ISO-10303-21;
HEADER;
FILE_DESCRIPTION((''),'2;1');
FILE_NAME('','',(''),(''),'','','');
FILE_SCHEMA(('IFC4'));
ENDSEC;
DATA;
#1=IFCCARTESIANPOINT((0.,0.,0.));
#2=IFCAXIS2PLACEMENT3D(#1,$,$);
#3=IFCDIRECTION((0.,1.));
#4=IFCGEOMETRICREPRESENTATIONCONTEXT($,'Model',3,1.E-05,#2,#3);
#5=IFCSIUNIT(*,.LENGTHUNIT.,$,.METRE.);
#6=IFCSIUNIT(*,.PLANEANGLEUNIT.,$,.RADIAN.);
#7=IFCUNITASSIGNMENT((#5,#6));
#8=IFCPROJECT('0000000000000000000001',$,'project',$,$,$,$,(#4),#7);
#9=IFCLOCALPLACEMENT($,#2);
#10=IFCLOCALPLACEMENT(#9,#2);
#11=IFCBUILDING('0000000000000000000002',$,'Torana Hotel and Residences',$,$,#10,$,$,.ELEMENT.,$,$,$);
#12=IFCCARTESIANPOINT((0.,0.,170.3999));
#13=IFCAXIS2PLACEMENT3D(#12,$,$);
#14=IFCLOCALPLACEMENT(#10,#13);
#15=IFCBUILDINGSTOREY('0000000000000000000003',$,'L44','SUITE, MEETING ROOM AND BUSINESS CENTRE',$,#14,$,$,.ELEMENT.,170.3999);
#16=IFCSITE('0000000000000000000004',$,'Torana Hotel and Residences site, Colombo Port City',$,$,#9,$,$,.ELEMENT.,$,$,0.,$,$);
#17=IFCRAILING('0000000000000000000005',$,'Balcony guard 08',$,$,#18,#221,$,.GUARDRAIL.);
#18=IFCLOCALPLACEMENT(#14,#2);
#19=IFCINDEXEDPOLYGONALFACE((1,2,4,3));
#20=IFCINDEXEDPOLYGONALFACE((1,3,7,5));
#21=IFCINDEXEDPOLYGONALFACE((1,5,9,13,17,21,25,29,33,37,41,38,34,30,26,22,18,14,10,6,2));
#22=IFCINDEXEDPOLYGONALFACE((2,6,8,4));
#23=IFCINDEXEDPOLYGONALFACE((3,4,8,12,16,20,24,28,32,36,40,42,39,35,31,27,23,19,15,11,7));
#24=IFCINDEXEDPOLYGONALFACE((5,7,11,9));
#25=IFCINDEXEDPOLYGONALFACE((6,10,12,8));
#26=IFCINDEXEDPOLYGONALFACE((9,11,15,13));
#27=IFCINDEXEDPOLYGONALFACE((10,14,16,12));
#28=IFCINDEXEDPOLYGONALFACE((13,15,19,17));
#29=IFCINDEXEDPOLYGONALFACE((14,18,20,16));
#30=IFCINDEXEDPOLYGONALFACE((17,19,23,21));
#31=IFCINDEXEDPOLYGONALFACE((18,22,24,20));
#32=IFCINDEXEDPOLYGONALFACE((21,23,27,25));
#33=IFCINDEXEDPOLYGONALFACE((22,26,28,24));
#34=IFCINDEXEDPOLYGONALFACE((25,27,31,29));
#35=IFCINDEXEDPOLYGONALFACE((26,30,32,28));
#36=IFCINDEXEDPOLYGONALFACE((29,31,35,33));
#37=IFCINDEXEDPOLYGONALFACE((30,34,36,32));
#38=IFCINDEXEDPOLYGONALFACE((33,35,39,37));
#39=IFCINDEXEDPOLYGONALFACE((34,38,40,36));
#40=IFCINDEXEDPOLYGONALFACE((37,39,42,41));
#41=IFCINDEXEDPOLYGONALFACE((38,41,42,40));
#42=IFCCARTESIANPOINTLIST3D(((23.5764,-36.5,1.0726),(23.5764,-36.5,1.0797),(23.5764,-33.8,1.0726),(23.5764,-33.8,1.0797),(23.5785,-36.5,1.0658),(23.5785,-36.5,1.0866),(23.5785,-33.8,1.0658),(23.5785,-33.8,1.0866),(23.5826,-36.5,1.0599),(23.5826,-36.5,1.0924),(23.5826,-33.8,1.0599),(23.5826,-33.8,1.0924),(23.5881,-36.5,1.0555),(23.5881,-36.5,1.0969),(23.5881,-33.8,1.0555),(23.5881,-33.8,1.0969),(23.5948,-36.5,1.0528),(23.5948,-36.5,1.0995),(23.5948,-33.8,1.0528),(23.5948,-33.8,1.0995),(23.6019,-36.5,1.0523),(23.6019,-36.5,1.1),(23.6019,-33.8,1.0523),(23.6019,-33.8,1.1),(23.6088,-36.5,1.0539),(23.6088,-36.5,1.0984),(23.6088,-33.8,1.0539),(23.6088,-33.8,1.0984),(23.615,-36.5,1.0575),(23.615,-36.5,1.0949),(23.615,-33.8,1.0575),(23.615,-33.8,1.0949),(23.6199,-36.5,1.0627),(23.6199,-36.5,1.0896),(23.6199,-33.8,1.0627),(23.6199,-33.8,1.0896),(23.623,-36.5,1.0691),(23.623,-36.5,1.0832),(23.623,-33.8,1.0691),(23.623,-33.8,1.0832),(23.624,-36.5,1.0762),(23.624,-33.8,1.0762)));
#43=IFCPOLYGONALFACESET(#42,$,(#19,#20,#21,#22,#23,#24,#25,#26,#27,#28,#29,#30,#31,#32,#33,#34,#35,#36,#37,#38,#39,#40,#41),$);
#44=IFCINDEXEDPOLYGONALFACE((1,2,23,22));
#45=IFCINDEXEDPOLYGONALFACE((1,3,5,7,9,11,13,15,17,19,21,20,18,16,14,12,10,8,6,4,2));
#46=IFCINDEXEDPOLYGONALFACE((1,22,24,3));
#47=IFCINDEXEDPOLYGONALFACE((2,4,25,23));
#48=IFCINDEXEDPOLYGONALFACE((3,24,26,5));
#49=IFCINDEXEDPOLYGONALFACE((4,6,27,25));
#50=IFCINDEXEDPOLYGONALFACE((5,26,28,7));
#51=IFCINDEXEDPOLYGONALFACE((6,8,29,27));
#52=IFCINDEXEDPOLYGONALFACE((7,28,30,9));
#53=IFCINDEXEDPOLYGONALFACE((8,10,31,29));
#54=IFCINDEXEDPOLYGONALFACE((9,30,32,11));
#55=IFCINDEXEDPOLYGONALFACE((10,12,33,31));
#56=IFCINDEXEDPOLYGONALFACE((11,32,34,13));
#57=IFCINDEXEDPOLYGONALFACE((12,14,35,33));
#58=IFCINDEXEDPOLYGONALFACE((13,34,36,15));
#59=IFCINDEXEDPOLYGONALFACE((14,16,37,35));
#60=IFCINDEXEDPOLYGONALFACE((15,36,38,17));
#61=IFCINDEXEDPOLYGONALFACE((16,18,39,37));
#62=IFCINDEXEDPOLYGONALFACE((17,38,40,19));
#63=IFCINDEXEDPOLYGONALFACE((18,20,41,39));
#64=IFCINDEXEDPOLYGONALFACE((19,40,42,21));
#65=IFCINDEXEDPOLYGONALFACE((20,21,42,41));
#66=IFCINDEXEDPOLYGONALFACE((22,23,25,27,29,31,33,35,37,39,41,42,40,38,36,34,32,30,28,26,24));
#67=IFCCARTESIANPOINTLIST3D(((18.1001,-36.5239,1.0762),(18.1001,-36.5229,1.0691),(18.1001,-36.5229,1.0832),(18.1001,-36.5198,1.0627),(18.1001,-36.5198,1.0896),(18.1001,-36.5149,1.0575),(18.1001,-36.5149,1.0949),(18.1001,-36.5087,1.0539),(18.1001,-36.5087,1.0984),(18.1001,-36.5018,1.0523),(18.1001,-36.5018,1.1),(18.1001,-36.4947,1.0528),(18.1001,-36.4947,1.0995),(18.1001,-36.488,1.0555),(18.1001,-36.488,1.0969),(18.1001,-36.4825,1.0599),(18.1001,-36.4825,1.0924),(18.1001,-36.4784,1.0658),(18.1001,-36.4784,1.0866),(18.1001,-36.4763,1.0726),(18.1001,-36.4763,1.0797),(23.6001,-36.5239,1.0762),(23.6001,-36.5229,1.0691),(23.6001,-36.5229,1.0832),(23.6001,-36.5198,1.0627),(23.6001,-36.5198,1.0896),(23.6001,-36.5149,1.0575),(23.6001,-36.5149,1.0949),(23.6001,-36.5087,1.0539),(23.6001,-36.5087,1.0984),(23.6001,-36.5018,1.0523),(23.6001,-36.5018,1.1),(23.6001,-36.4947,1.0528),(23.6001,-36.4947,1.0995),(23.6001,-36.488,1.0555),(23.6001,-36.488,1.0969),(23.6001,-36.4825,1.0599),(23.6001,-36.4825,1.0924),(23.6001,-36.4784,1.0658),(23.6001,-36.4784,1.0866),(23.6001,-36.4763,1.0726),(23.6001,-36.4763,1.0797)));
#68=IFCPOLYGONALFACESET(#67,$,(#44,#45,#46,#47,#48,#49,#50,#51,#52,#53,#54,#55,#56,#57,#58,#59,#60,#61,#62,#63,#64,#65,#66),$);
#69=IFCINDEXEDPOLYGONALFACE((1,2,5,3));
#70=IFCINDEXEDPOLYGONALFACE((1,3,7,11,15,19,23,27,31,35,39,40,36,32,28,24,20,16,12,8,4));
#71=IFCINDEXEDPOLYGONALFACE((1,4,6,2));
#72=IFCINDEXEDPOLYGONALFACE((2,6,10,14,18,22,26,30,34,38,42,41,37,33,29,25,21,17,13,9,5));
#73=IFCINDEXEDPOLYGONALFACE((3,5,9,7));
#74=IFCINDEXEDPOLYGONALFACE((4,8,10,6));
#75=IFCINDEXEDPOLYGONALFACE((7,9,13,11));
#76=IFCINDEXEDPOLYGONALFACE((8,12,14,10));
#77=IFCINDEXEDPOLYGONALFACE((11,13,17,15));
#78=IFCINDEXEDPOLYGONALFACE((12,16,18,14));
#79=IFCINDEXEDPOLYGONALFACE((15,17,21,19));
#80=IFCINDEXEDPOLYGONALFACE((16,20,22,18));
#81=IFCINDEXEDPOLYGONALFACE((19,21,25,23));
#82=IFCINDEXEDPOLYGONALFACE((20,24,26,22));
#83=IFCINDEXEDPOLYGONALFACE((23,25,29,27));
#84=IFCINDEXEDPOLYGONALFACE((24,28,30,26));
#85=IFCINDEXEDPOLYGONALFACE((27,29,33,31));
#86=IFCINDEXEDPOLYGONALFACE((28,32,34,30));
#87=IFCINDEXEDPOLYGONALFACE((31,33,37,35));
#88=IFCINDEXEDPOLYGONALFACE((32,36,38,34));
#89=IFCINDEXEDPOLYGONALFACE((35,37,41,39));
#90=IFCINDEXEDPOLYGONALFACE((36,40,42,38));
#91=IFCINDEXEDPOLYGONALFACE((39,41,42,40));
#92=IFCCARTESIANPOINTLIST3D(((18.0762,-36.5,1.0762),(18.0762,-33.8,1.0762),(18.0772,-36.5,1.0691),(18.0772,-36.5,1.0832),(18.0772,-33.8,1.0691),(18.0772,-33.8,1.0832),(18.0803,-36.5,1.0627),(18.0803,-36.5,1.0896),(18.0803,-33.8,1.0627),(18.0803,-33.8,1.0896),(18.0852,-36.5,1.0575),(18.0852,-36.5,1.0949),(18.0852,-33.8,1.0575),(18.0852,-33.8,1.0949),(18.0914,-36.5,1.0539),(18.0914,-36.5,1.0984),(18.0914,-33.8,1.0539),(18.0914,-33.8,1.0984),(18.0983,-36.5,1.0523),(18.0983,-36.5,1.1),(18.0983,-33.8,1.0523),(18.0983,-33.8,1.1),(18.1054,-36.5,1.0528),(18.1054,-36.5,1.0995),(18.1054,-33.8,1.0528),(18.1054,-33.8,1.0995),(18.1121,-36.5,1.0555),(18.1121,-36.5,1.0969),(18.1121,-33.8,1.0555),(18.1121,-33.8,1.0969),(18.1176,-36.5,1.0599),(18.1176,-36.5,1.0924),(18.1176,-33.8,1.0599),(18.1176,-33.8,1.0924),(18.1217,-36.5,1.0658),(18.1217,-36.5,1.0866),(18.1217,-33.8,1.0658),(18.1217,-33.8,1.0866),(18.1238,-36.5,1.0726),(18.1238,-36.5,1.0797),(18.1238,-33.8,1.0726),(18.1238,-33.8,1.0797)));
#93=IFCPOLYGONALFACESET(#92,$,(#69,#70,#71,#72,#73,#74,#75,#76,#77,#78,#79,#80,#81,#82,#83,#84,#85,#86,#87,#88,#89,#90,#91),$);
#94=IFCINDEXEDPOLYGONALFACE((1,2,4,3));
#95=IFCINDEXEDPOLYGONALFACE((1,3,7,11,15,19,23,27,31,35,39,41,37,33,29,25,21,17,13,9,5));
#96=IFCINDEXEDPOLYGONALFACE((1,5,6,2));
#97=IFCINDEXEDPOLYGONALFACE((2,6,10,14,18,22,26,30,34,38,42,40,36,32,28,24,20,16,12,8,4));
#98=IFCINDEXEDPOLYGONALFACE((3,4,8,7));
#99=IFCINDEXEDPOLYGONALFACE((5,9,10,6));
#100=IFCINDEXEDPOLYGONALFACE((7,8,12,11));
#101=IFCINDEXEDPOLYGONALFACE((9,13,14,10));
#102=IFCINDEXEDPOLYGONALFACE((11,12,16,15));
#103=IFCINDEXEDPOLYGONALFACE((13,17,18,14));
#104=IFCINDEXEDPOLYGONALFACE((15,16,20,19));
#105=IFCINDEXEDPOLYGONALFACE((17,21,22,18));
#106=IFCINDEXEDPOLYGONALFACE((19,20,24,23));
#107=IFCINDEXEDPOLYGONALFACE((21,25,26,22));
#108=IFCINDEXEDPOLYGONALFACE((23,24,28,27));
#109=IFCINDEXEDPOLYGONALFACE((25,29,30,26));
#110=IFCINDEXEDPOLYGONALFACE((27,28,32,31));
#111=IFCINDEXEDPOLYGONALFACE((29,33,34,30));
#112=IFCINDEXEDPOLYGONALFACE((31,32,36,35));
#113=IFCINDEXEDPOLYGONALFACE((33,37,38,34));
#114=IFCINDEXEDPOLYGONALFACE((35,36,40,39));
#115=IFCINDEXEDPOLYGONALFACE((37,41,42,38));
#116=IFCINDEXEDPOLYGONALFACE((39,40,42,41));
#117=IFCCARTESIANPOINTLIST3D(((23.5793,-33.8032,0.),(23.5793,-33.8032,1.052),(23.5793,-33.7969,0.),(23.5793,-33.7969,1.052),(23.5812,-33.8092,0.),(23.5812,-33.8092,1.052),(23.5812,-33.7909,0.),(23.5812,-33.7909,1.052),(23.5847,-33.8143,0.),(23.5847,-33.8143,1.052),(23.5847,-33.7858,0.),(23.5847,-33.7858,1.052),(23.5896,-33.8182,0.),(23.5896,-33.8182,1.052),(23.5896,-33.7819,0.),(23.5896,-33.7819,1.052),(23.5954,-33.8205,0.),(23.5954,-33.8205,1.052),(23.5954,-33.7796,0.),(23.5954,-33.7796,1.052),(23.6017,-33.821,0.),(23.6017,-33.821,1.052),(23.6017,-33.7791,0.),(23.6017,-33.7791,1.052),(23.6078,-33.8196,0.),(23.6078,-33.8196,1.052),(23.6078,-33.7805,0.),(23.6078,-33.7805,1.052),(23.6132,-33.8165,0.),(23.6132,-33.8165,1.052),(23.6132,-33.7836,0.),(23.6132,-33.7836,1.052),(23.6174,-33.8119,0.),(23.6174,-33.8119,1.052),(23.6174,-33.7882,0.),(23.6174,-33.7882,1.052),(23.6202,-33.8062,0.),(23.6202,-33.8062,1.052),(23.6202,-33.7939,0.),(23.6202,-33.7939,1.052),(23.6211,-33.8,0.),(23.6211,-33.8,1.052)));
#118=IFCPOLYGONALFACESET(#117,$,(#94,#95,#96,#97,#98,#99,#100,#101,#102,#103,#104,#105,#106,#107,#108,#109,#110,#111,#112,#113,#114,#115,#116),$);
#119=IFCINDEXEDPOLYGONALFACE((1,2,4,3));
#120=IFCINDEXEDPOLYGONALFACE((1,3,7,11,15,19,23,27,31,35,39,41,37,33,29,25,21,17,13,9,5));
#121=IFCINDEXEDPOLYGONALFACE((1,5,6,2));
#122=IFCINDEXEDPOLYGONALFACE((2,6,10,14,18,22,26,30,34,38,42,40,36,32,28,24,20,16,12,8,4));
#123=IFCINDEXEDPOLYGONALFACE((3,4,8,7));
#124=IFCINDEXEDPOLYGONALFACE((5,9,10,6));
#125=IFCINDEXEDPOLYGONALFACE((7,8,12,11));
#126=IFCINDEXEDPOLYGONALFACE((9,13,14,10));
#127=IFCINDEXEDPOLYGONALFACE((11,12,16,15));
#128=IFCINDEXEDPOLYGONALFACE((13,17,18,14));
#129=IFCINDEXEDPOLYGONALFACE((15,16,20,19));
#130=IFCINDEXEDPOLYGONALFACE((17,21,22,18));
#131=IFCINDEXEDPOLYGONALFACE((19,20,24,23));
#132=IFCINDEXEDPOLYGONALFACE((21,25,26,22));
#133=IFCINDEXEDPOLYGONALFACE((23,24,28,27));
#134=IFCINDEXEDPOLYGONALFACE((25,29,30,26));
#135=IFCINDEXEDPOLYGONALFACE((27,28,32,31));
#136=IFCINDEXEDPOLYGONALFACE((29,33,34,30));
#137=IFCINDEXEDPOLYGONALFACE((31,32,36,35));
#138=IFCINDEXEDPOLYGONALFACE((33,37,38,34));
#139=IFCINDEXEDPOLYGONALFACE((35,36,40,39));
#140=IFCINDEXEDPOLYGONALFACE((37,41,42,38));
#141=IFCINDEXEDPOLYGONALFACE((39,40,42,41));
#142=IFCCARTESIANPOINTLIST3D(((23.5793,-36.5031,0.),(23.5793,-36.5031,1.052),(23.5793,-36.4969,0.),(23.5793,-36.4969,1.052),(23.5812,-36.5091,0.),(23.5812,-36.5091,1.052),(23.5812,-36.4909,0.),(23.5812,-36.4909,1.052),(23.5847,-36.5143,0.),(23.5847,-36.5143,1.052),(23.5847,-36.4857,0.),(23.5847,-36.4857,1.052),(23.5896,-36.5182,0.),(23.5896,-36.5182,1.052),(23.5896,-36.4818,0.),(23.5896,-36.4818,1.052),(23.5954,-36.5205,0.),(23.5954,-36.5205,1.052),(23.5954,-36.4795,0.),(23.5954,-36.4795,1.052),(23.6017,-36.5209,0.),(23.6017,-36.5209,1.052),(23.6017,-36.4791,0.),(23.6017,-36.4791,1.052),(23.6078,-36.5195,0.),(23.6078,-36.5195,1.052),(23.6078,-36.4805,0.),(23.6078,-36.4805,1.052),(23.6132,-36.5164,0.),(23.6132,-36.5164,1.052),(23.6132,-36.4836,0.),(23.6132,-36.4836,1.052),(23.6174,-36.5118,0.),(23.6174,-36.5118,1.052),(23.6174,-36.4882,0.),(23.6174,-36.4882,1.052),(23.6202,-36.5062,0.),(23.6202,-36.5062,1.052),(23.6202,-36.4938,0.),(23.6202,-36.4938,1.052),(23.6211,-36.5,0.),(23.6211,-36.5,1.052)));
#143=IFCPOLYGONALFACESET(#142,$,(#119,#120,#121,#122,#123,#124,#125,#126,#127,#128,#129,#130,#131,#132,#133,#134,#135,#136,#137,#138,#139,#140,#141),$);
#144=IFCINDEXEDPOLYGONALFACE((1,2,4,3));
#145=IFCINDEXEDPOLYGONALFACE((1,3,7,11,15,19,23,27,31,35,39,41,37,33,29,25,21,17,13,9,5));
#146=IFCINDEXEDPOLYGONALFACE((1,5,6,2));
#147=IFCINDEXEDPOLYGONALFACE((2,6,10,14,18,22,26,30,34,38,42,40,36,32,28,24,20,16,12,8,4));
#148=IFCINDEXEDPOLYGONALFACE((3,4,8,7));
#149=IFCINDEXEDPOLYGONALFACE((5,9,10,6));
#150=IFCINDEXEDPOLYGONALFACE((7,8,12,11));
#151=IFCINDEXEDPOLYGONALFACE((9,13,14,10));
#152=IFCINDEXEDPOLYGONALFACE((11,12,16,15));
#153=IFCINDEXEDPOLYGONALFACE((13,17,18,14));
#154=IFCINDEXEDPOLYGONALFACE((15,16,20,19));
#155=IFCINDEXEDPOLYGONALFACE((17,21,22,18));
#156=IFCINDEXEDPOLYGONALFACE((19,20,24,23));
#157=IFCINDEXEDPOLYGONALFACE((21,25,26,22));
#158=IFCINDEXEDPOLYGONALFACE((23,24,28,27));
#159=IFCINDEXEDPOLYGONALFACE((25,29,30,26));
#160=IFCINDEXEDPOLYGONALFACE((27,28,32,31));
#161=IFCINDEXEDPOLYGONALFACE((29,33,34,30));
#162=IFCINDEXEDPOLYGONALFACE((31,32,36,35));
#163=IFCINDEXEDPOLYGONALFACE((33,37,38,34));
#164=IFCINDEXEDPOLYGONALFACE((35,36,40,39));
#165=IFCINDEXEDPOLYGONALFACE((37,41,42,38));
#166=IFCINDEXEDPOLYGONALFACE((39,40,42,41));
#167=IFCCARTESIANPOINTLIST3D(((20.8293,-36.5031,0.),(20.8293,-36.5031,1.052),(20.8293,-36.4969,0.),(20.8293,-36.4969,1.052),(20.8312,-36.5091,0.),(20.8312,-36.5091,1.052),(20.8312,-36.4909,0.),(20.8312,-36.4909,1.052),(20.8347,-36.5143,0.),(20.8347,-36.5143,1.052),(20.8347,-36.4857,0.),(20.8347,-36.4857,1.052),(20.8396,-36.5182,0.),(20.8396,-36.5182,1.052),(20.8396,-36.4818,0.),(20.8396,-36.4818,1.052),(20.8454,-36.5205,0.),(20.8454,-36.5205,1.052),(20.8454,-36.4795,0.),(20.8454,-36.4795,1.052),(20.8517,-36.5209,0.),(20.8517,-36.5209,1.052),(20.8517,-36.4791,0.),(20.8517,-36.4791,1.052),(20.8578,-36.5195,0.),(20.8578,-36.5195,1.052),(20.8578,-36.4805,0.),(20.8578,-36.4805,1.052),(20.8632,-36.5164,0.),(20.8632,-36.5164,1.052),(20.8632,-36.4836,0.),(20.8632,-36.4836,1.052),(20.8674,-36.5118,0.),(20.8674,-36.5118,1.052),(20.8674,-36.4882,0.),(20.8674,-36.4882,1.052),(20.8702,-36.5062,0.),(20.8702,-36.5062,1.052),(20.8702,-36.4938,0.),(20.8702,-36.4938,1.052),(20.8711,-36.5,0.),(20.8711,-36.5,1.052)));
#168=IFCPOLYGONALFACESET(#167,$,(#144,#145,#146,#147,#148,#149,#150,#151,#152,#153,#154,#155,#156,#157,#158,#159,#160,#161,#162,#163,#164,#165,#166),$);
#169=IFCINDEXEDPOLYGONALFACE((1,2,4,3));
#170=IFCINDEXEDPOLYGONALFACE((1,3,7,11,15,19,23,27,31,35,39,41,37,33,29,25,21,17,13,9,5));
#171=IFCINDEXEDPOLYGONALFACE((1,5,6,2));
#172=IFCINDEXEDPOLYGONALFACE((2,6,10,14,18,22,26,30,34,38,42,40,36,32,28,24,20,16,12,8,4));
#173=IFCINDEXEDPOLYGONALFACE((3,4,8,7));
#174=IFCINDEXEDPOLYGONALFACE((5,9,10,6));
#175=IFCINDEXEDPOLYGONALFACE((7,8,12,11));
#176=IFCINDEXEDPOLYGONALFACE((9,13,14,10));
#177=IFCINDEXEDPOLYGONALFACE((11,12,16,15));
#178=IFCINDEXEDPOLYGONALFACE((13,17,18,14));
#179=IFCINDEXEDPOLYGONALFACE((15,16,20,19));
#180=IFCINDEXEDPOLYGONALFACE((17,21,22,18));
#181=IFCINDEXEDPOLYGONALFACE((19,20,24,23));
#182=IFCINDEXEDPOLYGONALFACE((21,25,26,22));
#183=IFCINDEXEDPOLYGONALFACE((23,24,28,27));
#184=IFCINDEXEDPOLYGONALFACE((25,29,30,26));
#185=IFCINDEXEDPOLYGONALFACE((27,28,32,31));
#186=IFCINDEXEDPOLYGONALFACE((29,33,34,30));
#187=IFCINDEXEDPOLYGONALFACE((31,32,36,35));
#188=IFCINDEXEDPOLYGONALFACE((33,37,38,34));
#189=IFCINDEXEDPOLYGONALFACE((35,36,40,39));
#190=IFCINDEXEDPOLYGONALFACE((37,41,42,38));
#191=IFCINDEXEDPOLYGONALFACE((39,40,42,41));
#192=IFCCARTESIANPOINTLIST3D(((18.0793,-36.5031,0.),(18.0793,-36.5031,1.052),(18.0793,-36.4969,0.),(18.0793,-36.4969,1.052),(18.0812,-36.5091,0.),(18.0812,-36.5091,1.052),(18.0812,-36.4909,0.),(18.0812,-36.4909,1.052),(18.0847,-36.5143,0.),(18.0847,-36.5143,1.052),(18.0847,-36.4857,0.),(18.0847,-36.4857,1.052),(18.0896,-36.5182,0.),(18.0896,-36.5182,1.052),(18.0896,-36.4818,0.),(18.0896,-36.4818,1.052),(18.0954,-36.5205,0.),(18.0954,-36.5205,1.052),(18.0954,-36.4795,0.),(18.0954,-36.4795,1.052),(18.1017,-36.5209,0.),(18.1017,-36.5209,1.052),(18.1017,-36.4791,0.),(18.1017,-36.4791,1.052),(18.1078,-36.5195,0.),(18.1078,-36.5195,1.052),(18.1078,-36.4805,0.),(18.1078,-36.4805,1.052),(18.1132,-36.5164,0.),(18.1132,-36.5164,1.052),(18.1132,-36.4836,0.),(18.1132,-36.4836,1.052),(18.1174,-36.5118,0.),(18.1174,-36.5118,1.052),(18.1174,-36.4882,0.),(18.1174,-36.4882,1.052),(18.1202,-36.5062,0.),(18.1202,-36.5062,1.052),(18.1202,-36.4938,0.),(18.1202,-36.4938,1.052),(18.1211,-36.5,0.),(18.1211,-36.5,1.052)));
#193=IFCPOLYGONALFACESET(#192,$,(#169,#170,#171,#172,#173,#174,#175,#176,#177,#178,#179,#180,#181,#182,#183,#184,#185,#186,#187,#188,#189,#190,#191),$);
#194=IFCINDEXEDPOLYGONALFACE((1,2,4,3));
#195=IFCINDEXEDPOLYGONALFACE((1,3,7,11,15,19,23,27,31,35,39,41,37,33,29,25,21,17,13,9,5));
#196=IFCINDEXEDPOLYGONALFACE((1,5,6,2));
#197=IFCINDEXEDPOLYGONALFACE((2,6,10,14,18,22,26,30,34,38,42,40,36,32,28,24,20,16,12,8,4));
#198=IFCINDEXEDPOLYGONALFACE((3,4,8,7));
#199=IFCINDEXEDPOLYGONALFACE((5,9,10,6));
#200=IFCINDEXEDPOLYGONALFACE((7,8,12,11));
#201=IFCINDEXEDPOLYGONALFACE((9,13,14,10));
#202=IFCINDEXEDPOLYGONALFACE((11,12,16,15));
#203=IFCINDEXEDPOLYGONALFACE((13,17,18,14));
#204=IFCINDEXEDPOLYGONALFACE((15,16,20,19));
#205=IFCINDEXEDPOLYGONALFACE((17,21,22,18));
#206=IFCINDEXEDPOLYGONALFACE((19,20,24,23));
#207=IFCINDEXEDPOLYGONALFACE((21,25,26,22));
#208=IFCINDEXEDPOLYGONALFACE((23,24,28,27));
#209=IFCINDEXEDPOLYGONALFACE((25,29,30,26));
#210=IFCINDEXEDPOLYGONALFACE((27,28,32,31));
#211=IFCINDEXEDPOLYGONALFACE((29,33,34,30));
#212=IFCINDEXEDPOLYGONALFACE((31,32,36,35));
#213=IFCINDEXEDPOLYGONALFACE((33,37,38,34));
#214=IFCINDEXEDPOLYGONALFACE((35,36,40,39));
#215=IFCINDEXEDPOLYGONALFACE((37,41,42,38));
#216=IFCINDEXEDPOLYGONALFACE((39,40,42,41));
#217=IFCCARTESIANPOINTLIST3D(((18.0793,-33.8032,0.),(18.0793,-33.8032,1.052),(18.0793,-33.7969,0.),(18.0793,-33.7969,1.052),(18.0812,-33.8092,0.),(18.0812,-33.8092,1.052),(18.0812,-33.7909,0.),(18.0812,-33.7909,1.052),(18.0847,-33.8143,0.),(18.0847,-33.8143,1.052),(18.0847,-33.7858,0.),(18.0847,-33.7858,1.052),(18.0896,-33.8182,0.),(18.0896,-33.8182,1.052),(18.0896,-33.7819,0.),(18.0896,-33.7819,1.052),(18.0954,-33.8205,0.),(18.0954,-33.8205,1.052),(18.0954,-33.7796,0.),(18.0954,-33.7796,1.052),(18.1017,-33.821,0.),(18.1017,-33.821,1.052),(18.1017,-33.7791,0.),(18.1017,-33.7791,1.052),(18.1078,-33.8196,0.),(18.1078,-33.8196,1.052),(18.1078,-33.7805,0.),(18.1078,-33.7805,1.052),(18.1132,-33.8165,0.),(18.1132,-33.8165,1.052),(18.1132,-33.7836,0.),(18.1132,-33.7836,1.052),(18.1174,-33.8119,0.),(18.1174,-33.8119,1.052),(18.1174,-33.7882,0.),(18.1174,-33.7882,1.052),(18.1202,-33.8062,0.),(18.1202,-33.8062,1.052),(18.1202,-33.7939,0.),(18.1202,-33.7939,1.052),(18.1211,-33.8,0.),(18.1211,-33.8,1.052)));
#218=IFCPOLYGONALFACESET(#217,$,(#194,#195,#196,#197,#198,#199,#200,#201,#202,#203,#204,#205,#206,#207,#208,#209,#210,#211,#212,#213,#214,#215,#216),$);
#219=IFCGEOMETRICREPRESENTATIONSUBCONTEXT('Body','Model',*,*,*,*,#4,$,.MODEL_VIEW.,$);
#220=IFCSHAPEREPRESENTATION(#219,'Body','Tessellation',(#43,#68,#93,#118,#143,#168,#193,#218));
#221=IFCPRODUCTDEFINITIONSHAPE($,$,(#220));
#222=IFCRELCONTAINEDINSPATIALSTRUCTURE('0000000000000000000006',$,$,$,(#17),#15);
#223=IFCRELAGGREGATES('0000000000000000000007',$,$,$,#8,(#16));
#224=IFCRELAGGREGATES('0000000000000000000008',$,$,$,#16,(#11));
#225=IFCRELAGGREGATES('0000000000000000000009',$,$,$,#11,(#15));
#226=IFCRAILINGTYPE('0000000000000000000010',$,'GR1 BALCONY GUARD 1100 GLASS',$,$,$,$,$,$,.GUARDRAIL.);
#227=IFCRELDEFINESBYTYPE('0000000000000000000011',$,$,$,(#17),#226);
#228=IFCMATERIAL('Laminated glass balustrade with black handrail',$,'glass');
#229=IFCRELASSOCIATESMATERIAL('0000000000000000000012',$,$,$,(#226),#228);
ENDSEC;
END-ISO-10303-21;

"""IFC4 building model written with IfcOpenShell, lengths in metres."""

from ifc_helpers import new_model, si_unit, direction, frame, origin, origin_2d, place, context, subcontext, project, spatial, circle, extrude, material, type_object, element, save


model = new_model("IFC4")

# Units and contexts
model_context = context("Model", 3, precision=1e-05, world=origin(), true_north=direction((0.0, 1.0)))
body_context = subcontext(model_context, "Body", "Model", "MODEL_VIEW")
ifc_project = project(units=[si_unit("LENGTHUNIT", "METRE"), si_unit("PLANEANGLEUNIT", "RADIAN")], contexts=[model_context])

# Site, building, storey
site_placement = place(None, origin())
site = spatial("IfcSite", under=ifc_project, at=site_placement, Name="Torana Hotel and Residences site, Colombo Port City", CompositionType="ELEMENT", RefElevation=0.0)
building_placement = place(site_placement, origin())
building = spatial("IfcBuilding", under=site, at=building_placement, Name="Torana Hotel and Residences", CompositionType="ELEMENT")
storey_placement = place(building_placement, frame((0.0, 0.0, 170.3999)))
storey = spatial("IfcBuildingStorey", under=building, at=storey_placement, Name="L44", Description="SUITE, MEETING ROOM AND BUSINESS CENTRE", CompositionType="ELEMENT", Elevation=170.3999)

# Railing
ifc_material_1 = material(Name="Laminated glass balustrade with black handrail", Category="glass")
railing_type = type_object("IfcRailingType", Name="GR1 BALCONY GUARD 1100 GLASS", PredefinedType="GUARDRAIL", material=ifc_material_1)
railing_1_placement = place(storey_placement, frame((23.6001, -33.8, 0.0)))
element("IfcRailing", 1, at=railing_1_placement, inside=storey, type_object=railing_type, Name="Balcony guard 08", PredefinedType="GUARDRAIL", context=body_context, shape_type="SweptSolid", body=[
    extrude(circle(Radius=0.0239, at=origin_2d()), frame((0.0, 0.0, 1.0762), z_axis=(0.0, -1.0, 0.0), x_axis=(1.0, 0.0, 0.0)), (0.0, 0.0, 1.0), 2.7),
    extrude(circle(Radius=0.0239, at=origin_2d()), frame((0.0, -2.7, 1.0762), z_axis=(-1.0, 0.0, 0.0), x_axis=(0.0, -1.0, 0.0)), (0.0, 0.0, 1.0), 5.5),
    extrude(circle(Radius=0.0239, at=origin_2d()), frame((-5.5, -2.7, 1.0762), z_axis=(0.0, 1.0, 0.0), x_axis=(-1.0, 0.0, 0.0)), (0.0, 0.0, 1.0), 2.7),
    extrude(circle(Radius=0.021, at=origin_2d()), origin(), (0.0, 0.0, 1.0), 1.052),
    extrude(circle(Radius=0.021, at=origin_2d()), frame((0.0, -2.7, 0.0)), (0.0, 0.0, 1.0), 1.052),
    extrude(circle(Radius=0.021, at=origin_2d()), frame((-2.75, -2.7, 0.0)), (0.0, 0.0, 1.0), 1.052),
    extrude(circle(Radius=0.021, at=origin_2d()), frame((-5.5, -2.7, 0.0)), (0.0, 0.0, 1.0), 1.052),
    extrude(circle(Radius=0.021, at=origin_2d()), frame((-5.5, 0.0, 0.0)), (0.0, 0.0, 1.0), 1.052),
])

save(model, "model.ifc")
